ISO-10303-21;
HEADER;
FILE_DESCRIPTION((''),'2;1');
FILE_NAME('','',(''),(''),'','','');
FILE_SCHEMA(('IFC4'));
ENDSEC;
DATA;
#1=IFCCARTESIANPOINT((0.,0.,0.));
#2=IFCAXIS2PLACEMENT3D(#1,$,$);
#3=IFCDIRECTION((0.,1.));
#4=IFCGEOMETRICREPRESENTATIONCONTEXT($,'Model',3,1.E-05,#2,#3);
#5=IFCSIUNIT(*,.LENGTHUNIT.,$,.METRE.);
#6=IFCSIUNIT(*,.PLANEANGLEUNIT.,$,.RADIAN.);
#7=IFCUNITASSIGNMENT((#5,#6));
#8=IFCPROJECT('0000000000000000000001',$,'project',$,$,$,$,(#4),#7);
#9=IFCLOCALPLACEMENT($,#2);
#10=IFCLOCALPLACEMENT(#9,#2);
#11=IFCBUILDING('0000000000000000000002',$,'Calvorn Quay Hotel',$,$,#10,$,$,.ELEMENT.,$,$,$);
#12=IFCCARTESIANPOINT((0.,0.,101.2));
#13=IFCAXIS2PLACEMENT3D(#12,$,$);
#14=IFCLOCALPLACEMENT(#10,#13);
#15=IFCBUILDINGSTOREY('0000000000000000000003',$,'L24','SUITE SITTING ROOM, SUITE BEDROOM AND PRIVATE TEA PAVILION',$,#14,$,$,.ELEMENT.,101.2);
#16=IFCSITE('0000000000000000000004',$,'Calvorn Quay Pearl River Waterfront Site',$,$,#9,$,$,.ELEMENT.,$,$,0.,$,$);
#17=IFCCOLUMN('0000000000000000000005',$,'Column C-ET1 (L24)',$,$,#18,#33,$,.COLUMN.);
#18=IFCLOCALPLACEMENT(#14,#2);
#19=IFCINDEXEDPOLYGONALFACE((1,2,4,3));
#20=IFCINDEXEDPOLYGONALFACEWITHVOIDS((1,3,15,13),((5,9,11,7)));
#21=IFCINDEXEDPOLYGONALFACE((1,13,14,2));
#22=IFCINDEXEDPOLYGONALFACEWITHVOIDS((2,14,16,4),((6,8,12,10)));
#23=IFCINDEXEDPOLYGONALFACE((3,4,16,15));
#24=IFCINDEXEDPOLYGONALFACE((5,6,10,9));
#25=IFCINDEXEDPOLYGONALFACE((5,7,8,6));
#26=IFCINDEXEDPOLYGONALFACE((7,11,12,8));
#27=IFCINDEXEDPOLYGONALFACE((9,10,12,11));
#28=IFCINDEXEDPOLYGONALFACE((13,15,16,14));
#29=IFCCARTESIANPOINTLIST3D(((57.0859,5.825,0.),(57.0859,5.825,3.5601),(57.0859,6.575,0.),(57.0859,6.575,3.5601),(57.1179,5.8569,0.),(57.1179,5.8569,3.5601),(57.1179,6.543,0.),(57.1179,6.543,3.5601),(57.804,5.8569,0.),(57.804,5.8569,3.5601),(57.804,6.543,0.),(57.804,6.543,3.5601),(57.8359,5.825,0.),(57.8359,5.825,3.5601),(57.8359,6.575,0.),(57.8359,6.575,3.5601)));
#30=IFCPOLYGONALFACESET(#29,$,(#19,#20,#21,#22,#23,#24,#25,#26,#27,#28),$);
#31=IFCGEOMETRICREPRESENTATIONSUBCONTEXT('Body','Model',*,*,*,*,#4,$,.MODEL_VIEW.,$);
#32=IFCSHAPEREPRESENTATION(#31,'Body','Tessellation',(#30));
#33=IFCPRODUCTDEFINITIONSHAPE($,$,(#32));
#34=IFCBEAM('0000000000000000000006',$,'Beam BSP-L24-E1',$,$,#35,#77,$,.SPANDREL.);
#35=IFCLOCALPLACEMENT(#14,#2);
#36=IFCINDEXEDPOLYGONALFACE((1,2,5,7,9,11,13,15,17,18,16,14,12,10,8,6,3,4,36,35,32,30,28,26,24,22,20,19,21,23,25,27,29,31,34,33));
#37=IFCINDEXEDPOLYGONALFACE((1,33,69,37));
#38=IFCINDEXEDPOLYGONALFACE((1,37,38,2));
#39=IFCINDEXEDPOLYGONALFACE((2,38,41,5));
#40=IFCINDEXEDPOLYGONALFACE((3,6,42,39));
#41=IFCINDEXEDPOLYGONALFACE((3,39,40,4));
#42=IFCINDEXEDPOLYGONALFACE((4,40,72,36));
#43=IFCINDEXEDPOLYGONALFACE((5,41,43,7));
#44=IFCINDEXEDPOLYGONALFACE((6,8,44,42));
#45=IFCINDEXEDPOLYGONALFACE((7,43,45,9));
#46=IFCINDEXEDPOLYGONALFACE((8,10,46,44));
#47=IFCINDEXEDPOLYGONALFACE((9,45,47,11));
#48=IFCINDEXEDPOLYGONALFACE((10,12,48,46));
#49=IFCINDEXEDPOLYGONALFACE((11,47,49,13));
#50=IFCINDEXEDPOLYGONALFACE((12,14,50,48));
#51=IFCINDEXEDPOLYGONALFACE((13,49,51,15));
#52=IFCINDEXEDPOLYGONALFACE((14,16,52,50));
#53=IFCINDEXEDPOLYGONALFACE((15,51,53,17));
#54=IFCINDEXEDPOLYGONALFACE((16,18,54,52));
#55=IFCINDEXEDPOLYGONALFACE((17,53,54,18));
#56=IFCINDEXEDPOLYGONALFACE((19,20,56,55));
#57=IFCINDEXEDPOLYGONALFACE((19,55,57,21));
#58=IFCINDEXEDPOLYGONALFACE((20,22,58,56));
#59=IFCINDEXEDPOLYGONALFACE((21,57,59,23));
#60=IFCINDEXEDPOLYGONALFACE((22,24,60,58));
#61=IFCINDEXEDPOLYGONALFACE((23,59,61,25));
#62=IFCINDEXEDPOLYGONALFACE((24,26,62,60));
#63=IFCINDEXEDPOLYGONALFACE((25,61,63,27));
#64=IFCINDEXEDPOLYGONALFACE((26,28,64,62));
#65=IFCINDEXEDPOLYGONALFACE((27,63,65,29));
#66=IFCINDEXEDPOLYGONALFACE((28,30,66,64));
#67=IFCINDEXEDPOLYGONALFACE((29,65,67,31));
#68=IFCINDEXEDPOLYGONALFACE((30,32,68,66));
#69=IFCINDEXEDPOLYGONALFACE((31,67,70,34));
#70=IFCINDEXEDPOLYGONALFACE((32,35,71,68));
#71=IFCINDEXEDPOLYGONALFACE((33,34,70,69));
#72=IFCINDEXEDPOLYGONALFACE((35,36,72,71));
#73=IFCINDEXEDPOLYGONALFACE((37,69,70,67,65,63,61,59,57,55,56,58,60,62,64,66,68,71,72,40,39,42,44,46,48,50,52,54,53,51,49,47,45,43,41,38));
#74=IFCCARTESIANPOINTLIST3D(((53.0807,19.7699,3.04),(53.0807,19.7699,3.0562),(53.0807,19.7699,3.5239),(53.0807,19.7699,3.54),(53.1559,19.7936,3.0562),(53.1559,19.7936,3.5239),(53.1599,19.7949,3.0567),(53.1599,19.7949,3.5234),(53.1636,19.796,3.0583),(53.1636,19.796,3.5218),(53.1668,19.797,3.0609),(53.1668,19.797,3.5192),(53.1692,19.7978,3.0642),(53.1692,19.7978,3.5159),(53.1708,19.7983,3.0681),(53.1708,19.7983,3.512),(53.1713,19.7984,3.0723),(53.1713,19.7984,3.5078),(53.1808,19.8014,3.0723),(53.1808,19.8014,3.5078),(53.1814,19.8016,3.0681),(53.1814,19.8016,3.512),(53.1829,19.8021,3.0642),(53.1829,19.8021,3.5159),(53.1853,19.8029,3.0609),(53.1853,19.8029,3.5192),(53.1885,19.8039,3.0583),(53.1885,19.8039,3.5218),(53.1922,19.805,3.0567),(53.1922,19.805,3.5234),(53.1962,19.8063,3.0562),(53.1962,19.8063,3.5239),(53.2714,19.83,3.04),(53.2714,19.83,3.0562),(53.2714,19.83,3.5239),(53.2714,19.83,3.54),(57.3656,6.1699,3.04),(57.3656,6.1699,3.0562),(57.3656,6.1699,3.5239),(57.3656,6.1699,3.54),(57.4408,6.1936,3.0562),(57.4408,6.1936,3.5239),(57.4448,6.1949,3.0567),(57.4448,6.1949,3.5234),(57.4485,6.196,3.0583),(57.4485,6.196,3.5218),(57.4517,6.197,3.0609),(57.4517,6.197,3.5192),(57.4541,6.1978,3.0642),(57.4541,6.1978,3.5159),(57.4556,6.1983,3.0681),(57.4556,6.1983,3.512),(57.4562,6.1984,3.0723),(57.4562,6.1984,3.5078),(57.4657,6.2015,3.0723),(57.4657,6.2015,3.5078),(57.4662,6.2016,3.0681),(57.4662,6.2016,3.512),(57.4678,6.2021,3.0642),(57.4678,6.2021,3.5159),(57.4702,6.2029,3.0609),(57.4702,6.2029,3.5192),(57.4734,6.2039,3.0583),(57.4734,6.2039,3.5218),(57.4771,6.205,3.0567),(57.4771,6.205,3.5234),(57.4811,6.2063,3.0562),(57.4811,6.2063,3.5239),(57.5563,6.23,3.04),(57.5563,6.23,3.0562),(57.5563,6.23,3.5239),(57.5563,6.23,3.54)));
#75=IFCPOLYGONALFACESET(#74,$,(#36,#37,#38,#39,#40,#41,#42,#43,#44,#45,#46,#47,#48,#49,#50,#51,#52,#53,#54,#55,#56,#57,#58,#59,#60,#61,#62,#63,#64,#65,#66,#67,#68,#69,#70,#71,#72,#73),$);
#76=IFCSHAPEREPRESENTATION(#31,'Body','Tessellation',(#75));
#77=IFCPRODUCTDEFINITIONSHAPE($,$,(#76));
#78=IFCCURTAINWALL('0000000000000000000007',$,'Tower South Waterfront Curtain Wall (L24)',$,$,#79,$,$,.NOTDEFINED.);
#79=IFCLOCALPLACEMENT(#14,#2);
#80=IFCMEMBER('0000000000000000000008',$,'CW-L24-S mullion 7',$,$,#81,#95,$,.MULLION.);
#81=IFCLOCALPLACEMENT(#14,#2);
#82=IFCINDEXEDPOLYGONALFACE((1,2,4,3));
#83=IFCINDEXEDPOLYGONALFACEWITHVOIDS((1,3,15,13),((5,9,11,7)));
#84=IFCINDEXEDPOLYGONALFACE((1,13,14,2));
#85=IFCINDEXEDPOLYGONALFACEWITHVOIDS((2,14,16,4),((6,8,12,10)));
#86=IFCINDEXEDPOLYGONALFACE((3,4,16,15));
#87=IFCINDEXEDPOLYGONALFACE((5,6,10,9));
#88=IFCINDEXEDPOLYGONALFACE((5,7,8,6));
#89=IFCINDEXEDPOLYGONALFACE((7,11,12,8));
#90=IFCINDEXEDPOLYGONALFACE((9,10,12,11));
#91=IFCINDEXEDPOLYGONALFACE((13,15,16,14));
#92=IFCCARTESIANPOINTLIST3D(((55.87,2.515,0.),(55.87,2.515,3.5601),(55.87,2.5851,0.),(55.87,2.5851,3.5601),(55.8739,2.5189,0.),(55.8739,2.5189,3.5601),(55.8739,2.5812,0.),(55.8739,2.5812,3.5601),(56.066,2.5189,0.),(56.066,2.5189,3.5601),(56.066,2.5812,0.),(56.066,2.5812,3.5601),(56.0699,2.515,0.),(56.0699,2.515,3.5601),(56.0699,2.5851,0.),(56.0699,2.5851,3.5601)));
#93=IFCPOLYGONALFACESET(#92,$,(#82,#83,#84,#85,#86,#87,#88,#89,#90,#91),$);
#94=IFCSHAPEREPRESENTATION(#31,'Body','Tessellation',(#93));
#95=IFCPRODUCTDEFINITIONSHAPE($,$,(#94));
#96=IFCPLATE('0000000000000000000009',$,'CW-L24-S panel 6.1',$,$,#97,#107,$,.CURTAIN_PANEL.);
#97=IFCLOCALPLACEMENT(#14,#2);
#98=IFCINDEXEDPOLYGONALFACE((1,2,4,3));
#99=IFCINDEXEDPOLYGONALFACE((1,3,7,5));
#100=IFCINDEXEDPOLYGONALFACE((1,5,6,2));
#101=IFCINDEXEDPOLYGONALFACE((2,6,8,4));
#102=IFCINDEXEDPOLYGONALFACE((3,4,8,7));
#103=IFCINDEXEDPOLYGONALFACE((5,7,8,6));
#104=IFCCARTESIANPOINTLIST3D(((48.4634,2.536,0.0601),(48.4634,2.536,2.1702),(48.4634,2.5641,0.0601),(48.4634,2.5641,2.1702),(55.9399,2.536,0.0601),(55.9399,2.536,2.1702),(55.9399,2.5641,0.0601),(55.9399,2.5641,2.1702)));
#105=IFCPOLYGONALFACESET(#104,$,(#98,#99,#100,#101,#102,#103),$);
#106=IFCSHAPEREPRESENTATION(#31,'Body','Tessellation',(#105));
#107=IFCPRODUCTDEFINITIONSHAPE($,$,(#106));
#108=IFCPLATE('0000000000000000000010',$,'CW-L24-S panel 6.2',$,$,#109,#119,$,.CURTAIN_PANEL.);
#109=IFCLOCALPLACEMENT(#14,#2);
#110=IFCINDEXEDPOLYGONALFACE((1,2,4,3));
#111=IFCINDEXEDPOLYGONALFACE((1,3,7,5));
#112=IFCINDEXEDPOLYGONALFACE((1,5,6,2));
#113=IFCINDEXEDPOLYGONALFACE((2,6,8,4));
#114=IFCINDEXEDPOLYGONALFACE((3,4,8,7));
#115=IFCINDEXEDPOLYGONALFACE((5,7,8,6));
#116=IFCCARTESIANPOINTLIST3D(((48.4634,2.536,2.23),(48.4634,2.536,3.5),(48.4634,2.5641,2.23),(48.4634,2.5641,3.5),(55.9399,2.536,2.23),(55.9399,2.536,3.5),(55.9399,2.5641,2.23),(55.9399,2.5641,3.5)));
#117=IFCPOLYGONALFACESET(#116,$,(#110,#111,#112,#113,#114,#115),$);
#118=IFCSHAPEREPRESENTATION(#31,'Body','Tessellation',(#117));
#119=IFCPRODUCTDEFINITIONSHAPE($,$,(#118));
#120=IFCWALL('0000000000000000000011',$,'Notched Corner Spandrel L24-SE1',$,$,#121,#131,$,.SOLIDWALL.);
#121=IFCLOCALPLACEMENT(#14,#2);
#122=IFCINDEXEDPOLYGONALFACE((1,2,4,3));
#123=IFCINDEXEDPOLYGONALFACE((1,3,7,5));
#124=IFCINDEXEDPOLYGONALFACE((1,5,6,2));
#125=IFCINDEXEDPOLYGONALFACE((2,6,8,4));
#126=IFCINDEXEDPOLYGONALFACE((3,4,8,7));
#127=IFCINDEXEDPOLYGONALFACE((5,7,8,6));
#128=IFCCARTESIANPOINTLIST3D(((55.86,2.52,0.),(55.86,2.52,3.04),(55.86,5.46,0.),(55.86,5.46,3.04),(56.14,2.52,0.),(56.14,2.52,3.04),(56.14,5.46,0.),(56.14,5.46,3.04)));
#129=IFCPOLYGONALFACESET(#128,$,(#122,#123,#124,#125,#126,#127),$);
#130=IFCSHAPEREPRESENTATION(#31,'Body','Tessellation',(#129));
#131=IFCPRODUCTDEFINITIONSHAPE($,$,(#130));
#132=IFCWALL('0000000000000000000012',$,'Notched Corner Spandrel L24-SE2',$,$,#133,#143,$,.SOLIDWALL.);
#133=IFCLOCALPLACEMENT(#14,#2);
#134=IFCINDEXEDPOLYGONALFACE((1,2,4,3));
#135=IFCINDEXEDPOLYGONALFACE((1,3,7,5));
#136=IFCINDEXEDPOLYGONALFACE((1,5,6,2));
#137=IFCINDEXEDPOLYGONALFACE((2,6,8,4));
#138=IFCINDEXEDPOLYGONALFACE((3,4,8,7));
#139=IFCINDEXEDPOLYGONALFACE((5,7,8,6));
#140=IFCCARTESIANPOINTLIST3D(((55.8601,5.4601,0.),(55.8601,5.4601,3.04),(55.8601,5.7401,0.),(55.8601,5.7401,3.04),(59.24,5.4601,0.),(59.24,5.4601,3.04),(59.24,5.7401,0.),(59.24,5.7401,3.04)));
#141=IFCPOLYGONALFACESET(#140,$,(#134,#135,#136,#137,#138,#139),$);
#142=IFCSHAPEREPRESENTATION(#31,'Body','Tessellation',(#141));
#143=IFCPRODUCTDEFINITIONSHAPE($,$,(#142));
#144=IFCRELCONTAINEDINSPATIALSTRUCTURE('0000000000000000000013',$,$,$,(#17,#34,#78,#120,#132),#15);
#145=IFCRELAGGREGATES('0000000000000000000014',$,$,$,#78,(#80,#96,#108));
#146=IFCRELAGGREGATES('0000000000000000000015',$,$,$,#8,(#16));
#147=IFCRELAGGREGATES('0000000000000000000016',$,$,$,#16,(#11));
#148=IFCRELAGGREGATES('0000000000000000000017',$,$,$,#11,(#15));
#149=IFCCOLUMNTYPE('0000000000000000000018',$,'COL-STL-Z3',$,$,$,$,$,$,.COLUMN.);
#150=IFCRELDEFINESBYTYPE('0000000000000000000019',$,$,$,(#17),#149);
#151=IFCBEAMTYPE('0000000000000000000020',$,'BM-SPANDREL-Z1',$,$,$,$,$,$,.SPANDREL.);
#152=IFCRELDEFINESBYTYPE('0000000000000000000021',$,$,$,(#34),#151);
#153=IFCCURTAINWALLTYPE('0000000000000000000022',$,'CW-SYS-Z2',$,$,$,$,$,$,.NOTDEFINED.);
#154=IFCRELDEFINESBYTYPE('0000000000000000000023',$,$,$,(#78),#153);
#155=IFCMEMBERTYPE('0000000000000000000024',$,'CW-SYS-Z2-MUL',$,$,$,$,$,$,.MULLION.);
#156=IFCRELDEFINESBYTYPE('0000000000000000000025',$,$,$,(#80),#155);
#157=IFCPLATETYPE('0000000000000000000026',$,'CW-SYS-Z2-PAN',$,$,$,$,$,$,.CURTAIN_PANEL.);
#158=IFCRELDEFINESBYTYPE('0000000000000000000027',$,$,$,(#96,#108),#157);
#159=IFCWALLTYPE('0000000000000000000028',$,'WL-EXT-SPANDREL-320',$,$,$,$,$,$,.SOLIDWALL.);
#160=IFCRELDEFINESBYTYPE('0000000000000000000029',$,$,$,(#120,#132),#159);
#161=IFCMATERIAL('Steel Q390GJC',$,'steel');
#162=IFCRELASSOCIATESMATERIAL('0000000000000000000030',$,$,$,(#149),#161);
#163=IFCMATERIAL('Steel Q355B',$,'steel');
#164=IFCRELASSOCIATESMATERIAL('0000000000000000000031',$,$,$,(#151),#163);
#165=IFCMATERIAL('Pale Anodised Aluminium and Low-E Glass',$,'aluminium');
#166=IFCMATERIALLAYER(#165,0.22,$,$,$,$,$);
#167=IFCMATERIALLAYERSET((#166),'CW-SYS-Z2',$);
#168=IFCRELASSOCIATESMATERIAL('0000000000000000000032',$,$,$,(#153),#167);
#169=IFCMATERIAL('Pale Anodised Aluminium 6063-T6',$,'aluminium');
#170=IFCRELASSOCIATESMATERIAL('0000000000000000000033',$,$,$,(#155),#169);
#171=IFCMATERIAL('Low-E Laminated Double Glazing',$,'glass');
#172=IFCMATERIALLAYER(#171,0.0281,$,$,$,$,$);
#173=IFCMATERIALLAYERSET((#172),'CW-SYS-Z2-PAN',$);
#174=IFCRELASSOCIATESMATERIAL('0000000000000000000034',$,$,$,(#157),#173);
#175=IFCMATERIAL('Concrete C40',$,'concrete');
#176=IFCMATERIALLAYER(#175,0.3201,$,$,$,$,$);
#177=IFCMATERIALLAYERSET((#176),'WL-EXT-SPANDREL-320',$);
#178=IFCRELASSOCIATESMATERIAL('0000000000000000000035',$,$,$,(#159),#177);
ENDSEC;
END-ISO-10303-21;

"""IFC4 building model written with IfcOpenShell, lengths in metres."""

from ifc_helpers import new_model, si_unit, direction, frame, frame_2d, origin, origin_2d, place, context, subcontext, project, spatial, rectangle, hollow_rectangle, i_section, extrude, material, layer, layer_set, material_profile, profile_set, type_object, element, aggregate, save


model = new_model("IFC4")

# Units and contexts
model_context = context("Model", 3, precision=1e-05, world=origin(), true_north=direction((0.0, 1.0)))
body_context = subcontext(model_context, "Body", "Model", "MODEL_VIEW")
ifc_project = project(units=[si_unit("LENGTHUNIT", "METRE"), si_unit("PLANEANGLEUNIT", "RADIAN")], contexts=[model_context])

# Site, building, storey
site_placement = place(None, origin())
site = spatial("IfcSite", under=ifc_project, at=site_placement, Name="Calvorn Quay Pearl River Waterfront Site", CompositionType="ELEMENT", RefElevation=0.0)
building_placement = place(site_placement, origin())
building = spatial("IfcBuilding", under=site, at=building_placement, Name="Calvorn Quay Hotel", CompositionType="ELEMENT")
storey_placement = place(building_placement, frame((0.0, 0.0, 101.2)))
storey = spatial("IfcBuildingStorey", under=building, at=storey_placement, Name="L24", Description="SUITE SITTING ROOM, SUITE BEDROOM AND PRIVATE TEA PAVILION", CompositionType="ELEMENT", Elevation=101.2)

# Column
ifc_material_1 = material(Name="Steel Q390GJC", Category="steel")
ifc_material_profile_1 = material_profile(ifc_material_1, hollow_rectangle(XDim=0.75, YDim=0.75, WallThickness=0.032, at=origin_2d()), Name="BOX750x750x32")
ifc_profile_set_1 = profile_set([ifc_material_profile_1], Name="Steel Q390GJC")
column_type = type_object("IfcColumnType", Name="COL-STL-Z3", PredefinedType="COLUMN", material=ifc_profile_set_1)
column_placement = place(storey_placement, frame((57.4609, 6.2, 0.0), z_axis=(0.0, 0.0, 1.0), x_axis=(1.0, 0.0, 0.0)))
element("IfcColumn", 1, at=column_placement, inside=storey, type_object=column_type, Name="Column C-ET1 (L24)", PredefinedType="COLUMN", context=body_context, shape_type="SweptSolid", body=[
    extrude(hollow_rectangle(XDim=0.75, YDim=0.75, WallThickness=0.032, at=origin_2d()), origin(), (0.0, 0.0, 1.0), 3.5601),
])

# Beam
ifc_material_2 = material(Name="Steel Q355B", Category="steel")
ifc_material_profile_2 = material_profile(ifc_material_2, i_section(OverallWidth=0.2, OverallDepth=0.5, WebThickness=0.01, FlangeThickness=0.0161, FilletRadius=0.0161, at=origin_2d()), Name="HN500x200x10x16")
ifc_profile_set_2 = profile_set([ifc_material_profile_2], Name="Steel Q355B")
beam_type = type_object("IfcBeamType", Name="BM-SPANDREL-Z1", PredefinedType="SPANDREL", material=ifc_profile_set_2)
beam_placement = place(storey_placement, frame((57.4609, 6.2, 3.29), z_axis=(-0.300503, 0.953781, 0.0), x_axis=(-0.953781, -0.300503, 0.0)))
element("IfcBeam", 2, at=beam_placement, inside=storey, type_object=beam_type, Name="Beam BSP-L24-E1", PredefinedType="SPANDREL", context=body_context, shape_type="SweptSolid", body=[
    extrude(i_section(OverallWidth=0.2, OverallDepth=0.5, WebThickness=0.01, FlangeThickness=0.0161, FilletRadius=0.0161, at=origin_2d()), origin(), (0.0, 0.0, 1.0), 14.259),
])

# Curtain wall, member, plates
ifc_material_3 = material(Name="Pale Anodised Aluminium and Low-E Glass", Category="aluminium")
ifc_layer_1 = layer(ifc_material_3, 0.22)
ifc_layer_set_1 = layer_set([ifc_layer_1], Name="CW-SYS-Z2")
curtain_wall_type = type_object("IfcCurtainWallType", Name="CW-SYS-Z2", PredefinedType="NOTDEFINED", material=ifc_layer_set_1)
curtain_wall_placement = place(storey_placement, origin())
curtain_wall = element("IfcCurtainWall", 3, at=curtain_wall_placement, inside=storey, type_object=curtain_wall_type, Name="Tower South Waterfront Curtain Wall (L24)", PredefinedType="NOTDEFINED")
ifc_material_4 = material(Name="Pale Anodised Aluminium 6063-T6", Category="aluminium")
ifc_material_profile_3 = material_profile(ifc_material_4, hollow_rectangle(XDim=0.0701, YDim=0.2, WallThickness=0.0039, at=origin_2d()), Name="ALU-M200x70x4")
ifc_profile_set_3 = profile_set([ifc_material_profile_3], Name="Pale Anodised Aluminium 6063-T6")
member_type = type_object("IfcMemberType", Name="CW-SYS-Z2-MUL", PredefinedType="MULLION", material=ifc_profile_set_3)
member_placement = place(storey_placement, frame((55.97, 2.55, 0.0), z_axis=(0.0, 0.0, 1.0), x_axis=(0.0, 1.0, 0.0)))
member = element("IfcMember", 4, at=member_placement, type_object=member_type, Name="CW-L24-S mullion 7", PredefinedType="MULLION", context=body_context, shape_type="SweptSolid", body=[
    extrude(hollow_rectangle(XDim=0.0701, YDim=0.2, WallThickness=0.0039, at=origin_2d()), origin(), (0.0, 0.0, 1.0), 3.5601),
])
ifc_material_5 = material(Name="Low-E Laminated Double Glazing", Category="glass")
ifc_layer_2 = layer(ifc_material_5, 0.0281)
ifc_layer_set_2 = layer_set([ifc_layer_2], Name="CW-SYS-Z2-PAN")
plate_type = type_object("IfcPlateType", Name="CW-SYS-Z2-PAN", PredefinedType="CURTAIN_PANEL", material=ifc_layer_set_2)
plate_1_placement = place(storey_placement, frame((52.2017, 2.55, 0.0601), z_axis=(0.0, 0.0, 1.0), x_axis=(1.0, 0.0, 0.0)))
plate_1 = element("IfcPlate", 5, at=plate_1_placement, type_object=plate_type, Name="CW-L24-S panel 6.1", PredefinedType="CURTAIN_PANEL", context=body_context, shape_type="SweptSolid", body=[
    extrude(rectangle(XDim=7.4766, YDim=0.0281, at=origin_2d()), origin(), (0.0, 0.0, 1.0), 2.1101),
])
plate_2_placement = place(storey_placement, frame((52.2017, 2.55, 2.23), z_axis=(0.0, 0.0, 1.0), x_axis=(1.0, 0.0, 0.0)))
plate_2 = element("IfcPlate", 6, at=plate_2_placement, type_object=plate_type, Name="CW-L24-S panel 6.2", PredefinedType="CURTAIN_PANEL", context=body_context, shape_type="SweptSolid", body=[
    extrude(rectangle(XDim=7.4766, YDim=0.0281, at=origin_2d()), origin(), (0.0, 0.0, 1.0), 1.27),
])
aggregate(curtain_wall, [member, plate_1, plate_2])

# Walls
ifc_material_6 = material(Name="Concrete C40", Category="concrete")
ifc_layer_3 = layer(ifc_material_6, 0.3201)
ifc_layer_set_3 = layer_set([ifc_layer_3], Name="WL-EXT-SPANDREL-320")
wall_type = type_object("IfcWallType", Name="WL-EXT-SPANDREL-320", PredefinedType="SOLIDWALL", material=ifc_layer_set_3)
wall_1_placement = place(storey_placement, frame((56.0, 2.52, 0.0), z_axis=(0.0, 0.0, 1.0), x_axis=(0.0, 1.0, 0.0)))
element("IfcWall", 7, at=wall_1_placement, inside=storey, type_object=wall_type, Name="Notched Corner Spandrel L24-SE1", PredefinedType="SOLIDWALL", context=body_context, shape_type="SweptSolid", body=[
    extrude(rectangle(XDim=2.9399, YDim=0.28, at=frame_2d((1.47, 0.0))), origin(), (0.0, 0.0, 1.0), 3.04),
])
wall_2_placement = place(storey_placement, frame((55.8601, 5.6001, 0.0), z_axis=(0.0, 0.0, 1.0), x_axis=(1.0, 0.0, 0.0)))
element("IfcWall", 8, at=wall_2_placement, inside=storey, type_object=wall_type, Name="Notched Corner Spandrel L24-SE2", PredefinedType="SOLIDWALL", context=body_context, shape_type="SweptSolid", body=[
    extrude(rectangle(XDim=3.3799, YDim=0.28, at=frame_2d((1.6899, 0.0))), origin(), (0.0, 0.0, 1.0), 3.04),
])

save(model, "model.ifc")
